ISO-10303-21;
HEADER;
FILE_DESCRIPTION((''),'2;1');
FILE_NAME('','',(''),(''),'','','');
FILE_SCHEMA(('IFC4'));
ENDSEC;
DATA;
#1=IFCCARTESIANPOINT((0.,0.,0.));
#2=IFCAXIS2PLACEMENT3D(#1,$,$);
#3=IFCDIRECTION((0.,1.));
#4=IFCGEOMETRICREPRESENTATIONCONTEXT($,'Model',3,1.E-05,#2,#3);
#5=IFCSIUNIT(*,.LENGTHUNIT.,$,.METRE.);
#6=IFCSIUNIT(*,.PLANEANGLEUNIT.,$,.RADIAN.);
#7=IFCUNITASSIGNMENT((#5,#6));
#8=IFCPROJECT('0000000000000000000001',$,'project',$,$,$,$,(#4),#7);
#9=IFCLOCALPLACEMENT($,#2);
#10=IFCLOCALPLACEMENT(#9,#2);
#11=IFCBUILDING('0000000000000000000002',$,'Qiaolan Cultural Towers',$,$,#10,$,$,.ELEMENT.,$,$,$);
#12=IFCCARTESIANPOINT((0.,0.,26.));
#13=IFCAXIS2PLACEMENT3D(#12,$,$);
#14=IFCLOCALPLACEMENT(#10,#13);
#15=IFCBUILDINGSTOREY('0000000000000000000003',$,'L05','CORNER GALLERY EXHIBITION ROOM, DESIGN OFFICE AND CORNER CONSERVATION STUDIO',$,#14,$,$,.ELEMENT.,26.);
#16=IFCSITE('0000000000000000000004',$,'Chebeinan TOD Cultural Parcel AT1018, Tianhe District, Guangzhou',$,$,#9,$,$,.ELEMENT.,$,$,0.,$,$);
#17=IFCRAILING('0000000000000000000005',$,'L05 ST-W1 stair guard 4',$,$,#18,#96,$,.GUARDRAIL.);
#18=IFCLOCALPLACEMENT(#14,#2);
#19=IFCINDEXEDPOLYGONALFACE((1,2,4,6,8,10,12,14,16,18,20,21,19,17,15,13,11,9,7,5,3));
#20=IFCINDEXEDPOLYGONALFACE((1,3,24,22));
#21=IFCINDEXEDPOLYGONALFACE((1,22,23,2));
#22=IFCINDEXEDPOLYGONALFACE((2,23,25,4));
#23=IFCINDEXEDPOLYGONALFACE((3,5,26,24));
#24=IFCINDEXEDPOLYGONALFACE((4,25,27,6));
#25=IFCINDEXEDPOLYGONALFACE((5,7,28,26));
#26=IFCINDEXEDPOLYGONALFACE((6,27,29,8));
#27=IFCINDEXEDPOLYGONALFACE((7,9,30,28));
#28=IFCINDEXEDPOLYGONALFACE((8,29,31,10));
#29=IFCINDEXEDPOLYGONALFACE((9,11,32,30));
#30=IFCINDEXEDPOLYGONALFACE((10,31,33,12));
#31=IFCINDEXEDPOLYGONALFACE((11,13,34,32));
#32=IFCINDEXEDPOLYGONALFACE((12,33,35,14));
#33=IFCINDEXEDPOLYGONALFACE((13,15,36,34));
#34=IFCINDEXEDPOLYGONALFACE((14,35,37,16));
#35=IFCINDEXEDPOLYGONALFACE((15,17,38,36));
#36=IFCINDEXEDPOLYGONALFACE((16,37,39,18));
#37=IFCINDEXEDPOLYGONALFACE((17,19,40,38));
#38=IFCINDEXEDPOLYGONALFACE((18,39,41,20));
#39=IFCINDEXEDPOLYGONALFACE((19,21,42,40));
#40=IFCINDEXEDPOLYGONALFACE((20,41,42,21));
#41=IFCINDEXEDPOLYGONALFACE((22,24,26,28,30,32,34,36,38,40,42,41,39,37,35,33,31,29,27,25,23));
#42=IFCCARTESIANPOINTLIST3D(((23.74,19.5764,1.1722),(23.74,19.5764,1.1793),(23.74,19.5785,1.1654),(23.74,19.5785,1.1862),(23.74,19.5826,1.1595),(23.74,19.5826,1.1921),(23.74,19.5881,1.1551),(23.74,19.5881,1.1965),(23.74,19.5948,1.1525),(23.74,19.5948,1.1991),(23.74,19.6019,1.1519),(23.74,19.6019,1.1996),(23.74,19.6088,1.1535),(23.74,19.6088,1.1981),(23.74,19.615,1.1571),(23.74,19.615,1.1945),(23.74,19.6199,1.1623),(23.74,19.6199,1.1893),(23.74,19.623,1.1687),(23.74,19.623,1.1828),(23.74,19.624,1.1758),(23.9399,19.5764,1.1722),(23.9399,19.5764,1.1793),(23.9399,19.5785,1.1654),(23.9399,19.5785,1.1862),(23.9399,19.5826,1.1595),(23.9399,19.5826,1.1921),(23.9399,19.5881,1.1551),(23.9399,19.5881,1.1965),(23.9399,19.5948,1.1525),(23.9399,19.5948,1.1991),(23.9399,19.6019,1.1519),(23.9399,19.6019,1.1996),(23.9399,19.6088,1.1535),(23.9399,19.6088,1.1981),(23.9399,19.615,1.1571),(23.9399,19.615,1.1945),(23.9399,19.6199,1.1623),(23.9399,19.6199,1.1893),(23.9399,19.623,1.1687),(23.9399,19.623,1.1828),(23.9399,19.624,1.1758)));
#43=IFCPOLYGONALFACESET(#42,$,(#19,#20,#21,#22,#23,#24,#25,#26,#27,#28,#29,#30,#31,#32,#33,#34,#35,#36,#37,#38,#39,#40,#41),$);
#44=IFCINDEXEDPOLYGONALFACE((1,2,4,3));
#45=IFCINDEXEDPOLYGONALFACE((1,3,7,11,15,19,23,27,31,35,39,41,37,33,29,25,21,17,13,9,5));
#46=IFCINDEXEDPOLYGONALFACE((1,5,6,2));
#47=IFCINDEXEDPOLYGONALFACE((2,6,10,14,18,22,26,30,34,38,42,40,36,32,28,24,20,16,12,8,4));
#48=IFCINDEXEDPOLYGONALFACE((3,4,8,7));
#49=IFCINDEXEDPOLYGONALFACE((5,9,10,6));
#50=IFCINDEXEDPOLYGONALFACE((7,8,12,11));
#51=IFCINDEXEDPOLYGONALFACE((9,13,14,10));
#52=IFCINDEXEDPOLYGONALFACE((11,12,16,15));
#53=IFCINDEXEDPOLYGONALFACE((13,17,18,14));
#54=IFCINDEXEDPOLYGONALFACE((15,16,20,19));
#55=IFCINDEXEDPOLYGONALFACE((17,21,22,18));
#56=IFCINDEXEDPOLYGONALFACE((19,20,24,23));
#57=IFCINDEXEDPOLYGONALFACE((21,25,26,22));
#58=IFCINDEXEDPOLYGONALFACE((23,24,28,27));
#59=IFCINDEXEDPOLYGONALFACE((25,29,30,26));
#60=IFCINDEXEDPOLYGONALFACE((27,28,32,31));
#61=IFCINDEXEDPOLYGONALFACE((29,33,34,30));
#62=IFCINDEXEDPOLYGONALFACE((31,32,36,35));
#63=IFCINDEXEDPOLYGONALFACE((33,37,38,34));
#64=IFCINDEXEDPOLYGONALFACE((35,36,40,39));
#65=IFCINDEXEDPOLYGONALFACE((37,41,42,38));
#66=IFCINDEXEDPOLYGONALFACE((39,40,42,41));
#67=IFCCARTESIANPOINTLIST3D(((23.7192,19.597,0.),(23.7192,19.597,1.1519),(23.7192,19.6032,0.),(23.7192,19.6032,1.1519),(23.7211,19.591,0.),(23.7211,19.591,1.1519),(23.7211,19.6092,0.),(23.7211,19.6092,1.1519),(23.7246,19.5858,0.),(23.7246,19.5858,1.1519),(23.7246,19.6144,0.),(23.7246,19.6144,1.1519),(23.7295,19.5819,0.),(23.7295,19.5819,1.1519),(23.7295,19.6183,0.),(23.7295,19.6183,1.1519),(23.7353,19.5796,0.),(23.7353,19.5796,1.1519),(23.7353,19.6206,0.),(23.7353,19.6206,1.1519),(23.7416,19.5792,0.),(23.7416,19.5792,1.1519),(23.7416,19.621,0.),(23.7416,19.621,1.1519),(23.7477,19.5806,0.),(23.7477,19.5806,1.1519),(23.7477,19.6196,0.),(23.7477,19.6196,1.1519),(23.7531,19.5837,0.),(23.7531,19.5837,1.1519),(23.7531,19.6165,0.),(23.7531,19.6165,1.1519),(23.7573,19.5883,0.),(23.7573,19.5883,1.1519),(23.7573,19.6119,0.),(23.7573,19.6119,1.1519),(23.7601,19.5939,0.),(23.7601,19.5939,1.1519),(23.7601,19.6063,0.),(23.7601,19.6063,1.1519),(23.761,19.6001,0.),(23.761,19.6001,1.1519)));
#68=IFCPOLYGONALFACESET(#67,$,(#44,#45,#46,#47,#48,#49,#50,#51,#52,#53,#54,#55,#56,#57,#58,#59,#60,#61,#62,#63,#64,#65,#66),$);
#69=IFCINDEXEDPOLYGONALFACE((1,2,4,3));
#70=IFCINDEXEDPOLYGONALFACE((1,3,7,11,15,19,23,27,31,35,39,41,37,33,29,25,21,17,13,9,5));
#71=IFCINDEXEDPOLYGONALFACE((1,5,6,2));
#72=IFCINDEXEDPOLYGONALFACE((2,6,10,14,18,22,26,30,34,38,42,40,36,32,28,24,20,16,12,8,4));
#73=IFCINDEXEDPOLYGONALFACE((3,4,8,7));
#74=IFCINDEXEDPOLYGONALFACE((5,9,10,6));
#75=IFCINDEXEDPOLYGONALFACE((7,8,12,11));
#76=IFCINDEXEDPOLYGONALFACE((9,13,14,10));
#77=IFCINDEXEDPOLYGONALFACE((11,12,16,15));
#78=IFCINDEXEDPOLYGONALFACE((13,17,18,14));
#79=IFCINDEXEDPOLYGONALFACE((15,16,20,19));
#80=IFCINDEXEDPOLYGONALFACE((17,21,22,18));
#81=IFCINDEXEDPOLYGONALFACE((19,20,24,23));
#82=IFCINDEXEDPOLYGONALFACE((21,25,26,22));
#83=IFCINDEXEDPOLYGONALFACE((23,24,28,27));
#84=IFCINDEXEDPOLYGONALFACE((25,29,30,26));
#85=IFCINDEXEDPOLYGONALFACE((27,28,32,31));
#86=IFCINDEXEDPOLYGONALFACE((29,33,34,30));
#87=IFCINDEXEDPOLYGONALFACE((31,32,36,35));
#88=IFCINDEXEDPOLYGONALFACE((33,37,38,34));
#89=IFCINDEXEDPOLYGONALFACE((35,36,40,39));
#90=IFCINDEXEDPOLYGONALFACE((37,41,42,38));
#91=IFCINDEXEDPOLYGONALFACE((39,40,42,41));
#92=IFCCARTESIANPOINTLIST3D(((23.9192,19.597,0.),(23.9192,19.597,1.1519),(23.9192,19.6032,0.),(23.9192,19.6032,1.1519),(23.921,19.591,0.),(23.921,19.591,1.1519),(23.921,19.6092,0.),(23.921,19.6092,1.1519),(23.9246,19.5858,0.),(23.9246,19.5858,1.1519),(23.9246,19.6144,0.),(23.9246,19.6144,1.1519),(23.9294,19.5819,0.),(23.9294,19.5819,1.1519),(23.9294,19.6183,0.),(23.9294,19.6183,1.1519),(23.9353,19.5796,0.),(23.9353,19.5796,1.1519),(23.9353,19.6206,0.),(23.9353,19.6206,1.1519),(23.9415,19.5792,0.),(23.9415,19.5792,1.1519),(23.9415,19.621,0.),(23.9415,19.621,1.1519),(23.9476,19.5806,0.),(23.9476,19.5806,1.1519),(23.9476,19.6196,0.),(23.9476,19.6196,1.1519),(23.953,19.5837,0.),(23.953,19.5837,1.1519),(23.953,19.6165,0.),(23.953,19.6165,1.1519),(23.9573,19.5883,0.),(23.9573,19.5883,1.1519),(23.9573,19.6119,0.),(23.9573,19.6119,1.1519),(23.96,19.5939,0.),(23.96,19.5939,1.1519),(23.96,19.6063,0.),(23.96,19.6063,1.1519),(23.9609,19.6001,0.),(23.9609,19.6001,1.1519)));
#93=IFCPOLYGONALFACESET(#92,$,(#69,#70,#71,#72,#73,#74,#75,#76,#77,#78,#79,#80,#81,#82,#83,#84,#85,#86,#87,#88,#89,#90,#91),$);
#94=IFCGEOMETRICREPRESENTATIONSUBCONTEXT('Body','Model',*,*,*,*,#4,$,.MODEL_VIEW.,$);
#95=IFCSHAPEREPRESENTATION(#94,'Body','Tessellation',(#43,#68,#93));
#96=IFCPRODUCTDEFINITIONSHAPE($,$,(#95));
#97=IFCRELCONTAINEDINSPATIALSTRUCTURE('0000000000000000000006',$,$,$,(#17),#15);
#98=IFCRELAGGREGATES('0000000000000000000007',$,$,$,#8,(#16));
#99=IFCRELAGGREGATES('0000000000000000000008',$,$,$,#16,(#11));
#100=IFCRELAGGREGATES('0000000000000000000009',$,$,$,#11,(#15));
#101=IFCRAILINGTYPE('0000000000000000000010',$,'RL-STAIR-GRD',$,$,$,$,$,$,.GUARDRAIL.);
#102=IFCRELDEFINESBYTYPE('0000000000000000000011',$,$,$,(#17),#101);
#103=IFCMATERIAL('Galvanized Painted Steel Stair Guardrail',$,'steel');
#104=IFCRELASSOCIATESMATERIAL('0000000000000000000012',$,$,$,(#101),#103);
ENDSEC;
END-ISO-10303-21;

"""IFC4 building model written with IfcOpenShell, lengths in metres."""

from ifc_helpers import new_model, si_unit, direction, frame, origin, origin_2d, place, context, subcontext, project, spatial, circle, extrude, material, type_object, element, save


model = new_model("IFC4")

# Units and contexts
model_context = context("Model", 3, precision=1e-05, world=origin(), true_north=direction((0.0, 1.0)))
body_context = subcontext(model_context, "Body", "Model", "MODEL_VIEW")
ifc_project = project(units=[si_unit("LENGTHUNIT", "METRE"), si_unit("PLANEANGLEUNIT", "RADIAN")], contexts=[model_context])

# Site, building, storey
site_placement = place(None, origin())
site = spatial("IfcSite", under=ifc_project, at=site_placement, Name="Chebeinan TOD Cultural Parcel AT1018, Tianhe District, Guangzhou", CompositionType="ELEMENT", RefElevation=0.0)
building_placement = place(site_placement, origin())
building = spatial("IfcBuilding", under=site, at=building_placement, Name="Qiaolan Cultural Towers", CompositionType="ELEMENT")
storey_placement = place(building_placement, frame((0.0, 0.0, 26.0)))
storey = spatial("IfcBuildingStorey", under=building, at=storey_placement, Name="L05", Description="CORNER GALLERY EXHIBITION ROOM, DESIGN OFFICE AND CORNER CONSERVATION STUDIO", CompositionType="ELEMENT", Elevation=26.0)

# Railing
ifc_material_1 = material(Name="Galvanized Painted Steel Stair Guardrail", Category="steel")
railing_type_1 = type_object("IfcRailingType", Name="RL-STAIR-GRD", PredefinedType="GUARDRAIL", material=ifc_material_1)
railing_1_placement = place(storey_placement, frame((23.74, 19.6001, 0.0)))
element("IfcRailing", 1, at=railing_1_placement, inside=storey, type_object=railing_type_1, Name="L05 ST-W1 stair guard 4", PredefinedType="GUARDRAIL", context=body_context, shape_type="SweptSolid", body=[
    extrude(circle(Radius=0.0239, at=origin_2d()), frame((0.0, 0.0, 1.1758), z_axis=(1.0, 0.0, 0.0), x_axis=(0.0, 1.0, 0.0)), (0.0, 0.0, 1.0), 0.2),
    extrude(circle(Radius=0.021, at=origin_2d()), origin(), (0.0, 0.0, 1.0), 1.1519),
    extrude(circle(Radius=0.021, at=origin_2d()), frame((0.2, 0.0, 0.0)), (0.0, 0.0, 1.0), 1.1519),
])

save(model, "model.ifc")
